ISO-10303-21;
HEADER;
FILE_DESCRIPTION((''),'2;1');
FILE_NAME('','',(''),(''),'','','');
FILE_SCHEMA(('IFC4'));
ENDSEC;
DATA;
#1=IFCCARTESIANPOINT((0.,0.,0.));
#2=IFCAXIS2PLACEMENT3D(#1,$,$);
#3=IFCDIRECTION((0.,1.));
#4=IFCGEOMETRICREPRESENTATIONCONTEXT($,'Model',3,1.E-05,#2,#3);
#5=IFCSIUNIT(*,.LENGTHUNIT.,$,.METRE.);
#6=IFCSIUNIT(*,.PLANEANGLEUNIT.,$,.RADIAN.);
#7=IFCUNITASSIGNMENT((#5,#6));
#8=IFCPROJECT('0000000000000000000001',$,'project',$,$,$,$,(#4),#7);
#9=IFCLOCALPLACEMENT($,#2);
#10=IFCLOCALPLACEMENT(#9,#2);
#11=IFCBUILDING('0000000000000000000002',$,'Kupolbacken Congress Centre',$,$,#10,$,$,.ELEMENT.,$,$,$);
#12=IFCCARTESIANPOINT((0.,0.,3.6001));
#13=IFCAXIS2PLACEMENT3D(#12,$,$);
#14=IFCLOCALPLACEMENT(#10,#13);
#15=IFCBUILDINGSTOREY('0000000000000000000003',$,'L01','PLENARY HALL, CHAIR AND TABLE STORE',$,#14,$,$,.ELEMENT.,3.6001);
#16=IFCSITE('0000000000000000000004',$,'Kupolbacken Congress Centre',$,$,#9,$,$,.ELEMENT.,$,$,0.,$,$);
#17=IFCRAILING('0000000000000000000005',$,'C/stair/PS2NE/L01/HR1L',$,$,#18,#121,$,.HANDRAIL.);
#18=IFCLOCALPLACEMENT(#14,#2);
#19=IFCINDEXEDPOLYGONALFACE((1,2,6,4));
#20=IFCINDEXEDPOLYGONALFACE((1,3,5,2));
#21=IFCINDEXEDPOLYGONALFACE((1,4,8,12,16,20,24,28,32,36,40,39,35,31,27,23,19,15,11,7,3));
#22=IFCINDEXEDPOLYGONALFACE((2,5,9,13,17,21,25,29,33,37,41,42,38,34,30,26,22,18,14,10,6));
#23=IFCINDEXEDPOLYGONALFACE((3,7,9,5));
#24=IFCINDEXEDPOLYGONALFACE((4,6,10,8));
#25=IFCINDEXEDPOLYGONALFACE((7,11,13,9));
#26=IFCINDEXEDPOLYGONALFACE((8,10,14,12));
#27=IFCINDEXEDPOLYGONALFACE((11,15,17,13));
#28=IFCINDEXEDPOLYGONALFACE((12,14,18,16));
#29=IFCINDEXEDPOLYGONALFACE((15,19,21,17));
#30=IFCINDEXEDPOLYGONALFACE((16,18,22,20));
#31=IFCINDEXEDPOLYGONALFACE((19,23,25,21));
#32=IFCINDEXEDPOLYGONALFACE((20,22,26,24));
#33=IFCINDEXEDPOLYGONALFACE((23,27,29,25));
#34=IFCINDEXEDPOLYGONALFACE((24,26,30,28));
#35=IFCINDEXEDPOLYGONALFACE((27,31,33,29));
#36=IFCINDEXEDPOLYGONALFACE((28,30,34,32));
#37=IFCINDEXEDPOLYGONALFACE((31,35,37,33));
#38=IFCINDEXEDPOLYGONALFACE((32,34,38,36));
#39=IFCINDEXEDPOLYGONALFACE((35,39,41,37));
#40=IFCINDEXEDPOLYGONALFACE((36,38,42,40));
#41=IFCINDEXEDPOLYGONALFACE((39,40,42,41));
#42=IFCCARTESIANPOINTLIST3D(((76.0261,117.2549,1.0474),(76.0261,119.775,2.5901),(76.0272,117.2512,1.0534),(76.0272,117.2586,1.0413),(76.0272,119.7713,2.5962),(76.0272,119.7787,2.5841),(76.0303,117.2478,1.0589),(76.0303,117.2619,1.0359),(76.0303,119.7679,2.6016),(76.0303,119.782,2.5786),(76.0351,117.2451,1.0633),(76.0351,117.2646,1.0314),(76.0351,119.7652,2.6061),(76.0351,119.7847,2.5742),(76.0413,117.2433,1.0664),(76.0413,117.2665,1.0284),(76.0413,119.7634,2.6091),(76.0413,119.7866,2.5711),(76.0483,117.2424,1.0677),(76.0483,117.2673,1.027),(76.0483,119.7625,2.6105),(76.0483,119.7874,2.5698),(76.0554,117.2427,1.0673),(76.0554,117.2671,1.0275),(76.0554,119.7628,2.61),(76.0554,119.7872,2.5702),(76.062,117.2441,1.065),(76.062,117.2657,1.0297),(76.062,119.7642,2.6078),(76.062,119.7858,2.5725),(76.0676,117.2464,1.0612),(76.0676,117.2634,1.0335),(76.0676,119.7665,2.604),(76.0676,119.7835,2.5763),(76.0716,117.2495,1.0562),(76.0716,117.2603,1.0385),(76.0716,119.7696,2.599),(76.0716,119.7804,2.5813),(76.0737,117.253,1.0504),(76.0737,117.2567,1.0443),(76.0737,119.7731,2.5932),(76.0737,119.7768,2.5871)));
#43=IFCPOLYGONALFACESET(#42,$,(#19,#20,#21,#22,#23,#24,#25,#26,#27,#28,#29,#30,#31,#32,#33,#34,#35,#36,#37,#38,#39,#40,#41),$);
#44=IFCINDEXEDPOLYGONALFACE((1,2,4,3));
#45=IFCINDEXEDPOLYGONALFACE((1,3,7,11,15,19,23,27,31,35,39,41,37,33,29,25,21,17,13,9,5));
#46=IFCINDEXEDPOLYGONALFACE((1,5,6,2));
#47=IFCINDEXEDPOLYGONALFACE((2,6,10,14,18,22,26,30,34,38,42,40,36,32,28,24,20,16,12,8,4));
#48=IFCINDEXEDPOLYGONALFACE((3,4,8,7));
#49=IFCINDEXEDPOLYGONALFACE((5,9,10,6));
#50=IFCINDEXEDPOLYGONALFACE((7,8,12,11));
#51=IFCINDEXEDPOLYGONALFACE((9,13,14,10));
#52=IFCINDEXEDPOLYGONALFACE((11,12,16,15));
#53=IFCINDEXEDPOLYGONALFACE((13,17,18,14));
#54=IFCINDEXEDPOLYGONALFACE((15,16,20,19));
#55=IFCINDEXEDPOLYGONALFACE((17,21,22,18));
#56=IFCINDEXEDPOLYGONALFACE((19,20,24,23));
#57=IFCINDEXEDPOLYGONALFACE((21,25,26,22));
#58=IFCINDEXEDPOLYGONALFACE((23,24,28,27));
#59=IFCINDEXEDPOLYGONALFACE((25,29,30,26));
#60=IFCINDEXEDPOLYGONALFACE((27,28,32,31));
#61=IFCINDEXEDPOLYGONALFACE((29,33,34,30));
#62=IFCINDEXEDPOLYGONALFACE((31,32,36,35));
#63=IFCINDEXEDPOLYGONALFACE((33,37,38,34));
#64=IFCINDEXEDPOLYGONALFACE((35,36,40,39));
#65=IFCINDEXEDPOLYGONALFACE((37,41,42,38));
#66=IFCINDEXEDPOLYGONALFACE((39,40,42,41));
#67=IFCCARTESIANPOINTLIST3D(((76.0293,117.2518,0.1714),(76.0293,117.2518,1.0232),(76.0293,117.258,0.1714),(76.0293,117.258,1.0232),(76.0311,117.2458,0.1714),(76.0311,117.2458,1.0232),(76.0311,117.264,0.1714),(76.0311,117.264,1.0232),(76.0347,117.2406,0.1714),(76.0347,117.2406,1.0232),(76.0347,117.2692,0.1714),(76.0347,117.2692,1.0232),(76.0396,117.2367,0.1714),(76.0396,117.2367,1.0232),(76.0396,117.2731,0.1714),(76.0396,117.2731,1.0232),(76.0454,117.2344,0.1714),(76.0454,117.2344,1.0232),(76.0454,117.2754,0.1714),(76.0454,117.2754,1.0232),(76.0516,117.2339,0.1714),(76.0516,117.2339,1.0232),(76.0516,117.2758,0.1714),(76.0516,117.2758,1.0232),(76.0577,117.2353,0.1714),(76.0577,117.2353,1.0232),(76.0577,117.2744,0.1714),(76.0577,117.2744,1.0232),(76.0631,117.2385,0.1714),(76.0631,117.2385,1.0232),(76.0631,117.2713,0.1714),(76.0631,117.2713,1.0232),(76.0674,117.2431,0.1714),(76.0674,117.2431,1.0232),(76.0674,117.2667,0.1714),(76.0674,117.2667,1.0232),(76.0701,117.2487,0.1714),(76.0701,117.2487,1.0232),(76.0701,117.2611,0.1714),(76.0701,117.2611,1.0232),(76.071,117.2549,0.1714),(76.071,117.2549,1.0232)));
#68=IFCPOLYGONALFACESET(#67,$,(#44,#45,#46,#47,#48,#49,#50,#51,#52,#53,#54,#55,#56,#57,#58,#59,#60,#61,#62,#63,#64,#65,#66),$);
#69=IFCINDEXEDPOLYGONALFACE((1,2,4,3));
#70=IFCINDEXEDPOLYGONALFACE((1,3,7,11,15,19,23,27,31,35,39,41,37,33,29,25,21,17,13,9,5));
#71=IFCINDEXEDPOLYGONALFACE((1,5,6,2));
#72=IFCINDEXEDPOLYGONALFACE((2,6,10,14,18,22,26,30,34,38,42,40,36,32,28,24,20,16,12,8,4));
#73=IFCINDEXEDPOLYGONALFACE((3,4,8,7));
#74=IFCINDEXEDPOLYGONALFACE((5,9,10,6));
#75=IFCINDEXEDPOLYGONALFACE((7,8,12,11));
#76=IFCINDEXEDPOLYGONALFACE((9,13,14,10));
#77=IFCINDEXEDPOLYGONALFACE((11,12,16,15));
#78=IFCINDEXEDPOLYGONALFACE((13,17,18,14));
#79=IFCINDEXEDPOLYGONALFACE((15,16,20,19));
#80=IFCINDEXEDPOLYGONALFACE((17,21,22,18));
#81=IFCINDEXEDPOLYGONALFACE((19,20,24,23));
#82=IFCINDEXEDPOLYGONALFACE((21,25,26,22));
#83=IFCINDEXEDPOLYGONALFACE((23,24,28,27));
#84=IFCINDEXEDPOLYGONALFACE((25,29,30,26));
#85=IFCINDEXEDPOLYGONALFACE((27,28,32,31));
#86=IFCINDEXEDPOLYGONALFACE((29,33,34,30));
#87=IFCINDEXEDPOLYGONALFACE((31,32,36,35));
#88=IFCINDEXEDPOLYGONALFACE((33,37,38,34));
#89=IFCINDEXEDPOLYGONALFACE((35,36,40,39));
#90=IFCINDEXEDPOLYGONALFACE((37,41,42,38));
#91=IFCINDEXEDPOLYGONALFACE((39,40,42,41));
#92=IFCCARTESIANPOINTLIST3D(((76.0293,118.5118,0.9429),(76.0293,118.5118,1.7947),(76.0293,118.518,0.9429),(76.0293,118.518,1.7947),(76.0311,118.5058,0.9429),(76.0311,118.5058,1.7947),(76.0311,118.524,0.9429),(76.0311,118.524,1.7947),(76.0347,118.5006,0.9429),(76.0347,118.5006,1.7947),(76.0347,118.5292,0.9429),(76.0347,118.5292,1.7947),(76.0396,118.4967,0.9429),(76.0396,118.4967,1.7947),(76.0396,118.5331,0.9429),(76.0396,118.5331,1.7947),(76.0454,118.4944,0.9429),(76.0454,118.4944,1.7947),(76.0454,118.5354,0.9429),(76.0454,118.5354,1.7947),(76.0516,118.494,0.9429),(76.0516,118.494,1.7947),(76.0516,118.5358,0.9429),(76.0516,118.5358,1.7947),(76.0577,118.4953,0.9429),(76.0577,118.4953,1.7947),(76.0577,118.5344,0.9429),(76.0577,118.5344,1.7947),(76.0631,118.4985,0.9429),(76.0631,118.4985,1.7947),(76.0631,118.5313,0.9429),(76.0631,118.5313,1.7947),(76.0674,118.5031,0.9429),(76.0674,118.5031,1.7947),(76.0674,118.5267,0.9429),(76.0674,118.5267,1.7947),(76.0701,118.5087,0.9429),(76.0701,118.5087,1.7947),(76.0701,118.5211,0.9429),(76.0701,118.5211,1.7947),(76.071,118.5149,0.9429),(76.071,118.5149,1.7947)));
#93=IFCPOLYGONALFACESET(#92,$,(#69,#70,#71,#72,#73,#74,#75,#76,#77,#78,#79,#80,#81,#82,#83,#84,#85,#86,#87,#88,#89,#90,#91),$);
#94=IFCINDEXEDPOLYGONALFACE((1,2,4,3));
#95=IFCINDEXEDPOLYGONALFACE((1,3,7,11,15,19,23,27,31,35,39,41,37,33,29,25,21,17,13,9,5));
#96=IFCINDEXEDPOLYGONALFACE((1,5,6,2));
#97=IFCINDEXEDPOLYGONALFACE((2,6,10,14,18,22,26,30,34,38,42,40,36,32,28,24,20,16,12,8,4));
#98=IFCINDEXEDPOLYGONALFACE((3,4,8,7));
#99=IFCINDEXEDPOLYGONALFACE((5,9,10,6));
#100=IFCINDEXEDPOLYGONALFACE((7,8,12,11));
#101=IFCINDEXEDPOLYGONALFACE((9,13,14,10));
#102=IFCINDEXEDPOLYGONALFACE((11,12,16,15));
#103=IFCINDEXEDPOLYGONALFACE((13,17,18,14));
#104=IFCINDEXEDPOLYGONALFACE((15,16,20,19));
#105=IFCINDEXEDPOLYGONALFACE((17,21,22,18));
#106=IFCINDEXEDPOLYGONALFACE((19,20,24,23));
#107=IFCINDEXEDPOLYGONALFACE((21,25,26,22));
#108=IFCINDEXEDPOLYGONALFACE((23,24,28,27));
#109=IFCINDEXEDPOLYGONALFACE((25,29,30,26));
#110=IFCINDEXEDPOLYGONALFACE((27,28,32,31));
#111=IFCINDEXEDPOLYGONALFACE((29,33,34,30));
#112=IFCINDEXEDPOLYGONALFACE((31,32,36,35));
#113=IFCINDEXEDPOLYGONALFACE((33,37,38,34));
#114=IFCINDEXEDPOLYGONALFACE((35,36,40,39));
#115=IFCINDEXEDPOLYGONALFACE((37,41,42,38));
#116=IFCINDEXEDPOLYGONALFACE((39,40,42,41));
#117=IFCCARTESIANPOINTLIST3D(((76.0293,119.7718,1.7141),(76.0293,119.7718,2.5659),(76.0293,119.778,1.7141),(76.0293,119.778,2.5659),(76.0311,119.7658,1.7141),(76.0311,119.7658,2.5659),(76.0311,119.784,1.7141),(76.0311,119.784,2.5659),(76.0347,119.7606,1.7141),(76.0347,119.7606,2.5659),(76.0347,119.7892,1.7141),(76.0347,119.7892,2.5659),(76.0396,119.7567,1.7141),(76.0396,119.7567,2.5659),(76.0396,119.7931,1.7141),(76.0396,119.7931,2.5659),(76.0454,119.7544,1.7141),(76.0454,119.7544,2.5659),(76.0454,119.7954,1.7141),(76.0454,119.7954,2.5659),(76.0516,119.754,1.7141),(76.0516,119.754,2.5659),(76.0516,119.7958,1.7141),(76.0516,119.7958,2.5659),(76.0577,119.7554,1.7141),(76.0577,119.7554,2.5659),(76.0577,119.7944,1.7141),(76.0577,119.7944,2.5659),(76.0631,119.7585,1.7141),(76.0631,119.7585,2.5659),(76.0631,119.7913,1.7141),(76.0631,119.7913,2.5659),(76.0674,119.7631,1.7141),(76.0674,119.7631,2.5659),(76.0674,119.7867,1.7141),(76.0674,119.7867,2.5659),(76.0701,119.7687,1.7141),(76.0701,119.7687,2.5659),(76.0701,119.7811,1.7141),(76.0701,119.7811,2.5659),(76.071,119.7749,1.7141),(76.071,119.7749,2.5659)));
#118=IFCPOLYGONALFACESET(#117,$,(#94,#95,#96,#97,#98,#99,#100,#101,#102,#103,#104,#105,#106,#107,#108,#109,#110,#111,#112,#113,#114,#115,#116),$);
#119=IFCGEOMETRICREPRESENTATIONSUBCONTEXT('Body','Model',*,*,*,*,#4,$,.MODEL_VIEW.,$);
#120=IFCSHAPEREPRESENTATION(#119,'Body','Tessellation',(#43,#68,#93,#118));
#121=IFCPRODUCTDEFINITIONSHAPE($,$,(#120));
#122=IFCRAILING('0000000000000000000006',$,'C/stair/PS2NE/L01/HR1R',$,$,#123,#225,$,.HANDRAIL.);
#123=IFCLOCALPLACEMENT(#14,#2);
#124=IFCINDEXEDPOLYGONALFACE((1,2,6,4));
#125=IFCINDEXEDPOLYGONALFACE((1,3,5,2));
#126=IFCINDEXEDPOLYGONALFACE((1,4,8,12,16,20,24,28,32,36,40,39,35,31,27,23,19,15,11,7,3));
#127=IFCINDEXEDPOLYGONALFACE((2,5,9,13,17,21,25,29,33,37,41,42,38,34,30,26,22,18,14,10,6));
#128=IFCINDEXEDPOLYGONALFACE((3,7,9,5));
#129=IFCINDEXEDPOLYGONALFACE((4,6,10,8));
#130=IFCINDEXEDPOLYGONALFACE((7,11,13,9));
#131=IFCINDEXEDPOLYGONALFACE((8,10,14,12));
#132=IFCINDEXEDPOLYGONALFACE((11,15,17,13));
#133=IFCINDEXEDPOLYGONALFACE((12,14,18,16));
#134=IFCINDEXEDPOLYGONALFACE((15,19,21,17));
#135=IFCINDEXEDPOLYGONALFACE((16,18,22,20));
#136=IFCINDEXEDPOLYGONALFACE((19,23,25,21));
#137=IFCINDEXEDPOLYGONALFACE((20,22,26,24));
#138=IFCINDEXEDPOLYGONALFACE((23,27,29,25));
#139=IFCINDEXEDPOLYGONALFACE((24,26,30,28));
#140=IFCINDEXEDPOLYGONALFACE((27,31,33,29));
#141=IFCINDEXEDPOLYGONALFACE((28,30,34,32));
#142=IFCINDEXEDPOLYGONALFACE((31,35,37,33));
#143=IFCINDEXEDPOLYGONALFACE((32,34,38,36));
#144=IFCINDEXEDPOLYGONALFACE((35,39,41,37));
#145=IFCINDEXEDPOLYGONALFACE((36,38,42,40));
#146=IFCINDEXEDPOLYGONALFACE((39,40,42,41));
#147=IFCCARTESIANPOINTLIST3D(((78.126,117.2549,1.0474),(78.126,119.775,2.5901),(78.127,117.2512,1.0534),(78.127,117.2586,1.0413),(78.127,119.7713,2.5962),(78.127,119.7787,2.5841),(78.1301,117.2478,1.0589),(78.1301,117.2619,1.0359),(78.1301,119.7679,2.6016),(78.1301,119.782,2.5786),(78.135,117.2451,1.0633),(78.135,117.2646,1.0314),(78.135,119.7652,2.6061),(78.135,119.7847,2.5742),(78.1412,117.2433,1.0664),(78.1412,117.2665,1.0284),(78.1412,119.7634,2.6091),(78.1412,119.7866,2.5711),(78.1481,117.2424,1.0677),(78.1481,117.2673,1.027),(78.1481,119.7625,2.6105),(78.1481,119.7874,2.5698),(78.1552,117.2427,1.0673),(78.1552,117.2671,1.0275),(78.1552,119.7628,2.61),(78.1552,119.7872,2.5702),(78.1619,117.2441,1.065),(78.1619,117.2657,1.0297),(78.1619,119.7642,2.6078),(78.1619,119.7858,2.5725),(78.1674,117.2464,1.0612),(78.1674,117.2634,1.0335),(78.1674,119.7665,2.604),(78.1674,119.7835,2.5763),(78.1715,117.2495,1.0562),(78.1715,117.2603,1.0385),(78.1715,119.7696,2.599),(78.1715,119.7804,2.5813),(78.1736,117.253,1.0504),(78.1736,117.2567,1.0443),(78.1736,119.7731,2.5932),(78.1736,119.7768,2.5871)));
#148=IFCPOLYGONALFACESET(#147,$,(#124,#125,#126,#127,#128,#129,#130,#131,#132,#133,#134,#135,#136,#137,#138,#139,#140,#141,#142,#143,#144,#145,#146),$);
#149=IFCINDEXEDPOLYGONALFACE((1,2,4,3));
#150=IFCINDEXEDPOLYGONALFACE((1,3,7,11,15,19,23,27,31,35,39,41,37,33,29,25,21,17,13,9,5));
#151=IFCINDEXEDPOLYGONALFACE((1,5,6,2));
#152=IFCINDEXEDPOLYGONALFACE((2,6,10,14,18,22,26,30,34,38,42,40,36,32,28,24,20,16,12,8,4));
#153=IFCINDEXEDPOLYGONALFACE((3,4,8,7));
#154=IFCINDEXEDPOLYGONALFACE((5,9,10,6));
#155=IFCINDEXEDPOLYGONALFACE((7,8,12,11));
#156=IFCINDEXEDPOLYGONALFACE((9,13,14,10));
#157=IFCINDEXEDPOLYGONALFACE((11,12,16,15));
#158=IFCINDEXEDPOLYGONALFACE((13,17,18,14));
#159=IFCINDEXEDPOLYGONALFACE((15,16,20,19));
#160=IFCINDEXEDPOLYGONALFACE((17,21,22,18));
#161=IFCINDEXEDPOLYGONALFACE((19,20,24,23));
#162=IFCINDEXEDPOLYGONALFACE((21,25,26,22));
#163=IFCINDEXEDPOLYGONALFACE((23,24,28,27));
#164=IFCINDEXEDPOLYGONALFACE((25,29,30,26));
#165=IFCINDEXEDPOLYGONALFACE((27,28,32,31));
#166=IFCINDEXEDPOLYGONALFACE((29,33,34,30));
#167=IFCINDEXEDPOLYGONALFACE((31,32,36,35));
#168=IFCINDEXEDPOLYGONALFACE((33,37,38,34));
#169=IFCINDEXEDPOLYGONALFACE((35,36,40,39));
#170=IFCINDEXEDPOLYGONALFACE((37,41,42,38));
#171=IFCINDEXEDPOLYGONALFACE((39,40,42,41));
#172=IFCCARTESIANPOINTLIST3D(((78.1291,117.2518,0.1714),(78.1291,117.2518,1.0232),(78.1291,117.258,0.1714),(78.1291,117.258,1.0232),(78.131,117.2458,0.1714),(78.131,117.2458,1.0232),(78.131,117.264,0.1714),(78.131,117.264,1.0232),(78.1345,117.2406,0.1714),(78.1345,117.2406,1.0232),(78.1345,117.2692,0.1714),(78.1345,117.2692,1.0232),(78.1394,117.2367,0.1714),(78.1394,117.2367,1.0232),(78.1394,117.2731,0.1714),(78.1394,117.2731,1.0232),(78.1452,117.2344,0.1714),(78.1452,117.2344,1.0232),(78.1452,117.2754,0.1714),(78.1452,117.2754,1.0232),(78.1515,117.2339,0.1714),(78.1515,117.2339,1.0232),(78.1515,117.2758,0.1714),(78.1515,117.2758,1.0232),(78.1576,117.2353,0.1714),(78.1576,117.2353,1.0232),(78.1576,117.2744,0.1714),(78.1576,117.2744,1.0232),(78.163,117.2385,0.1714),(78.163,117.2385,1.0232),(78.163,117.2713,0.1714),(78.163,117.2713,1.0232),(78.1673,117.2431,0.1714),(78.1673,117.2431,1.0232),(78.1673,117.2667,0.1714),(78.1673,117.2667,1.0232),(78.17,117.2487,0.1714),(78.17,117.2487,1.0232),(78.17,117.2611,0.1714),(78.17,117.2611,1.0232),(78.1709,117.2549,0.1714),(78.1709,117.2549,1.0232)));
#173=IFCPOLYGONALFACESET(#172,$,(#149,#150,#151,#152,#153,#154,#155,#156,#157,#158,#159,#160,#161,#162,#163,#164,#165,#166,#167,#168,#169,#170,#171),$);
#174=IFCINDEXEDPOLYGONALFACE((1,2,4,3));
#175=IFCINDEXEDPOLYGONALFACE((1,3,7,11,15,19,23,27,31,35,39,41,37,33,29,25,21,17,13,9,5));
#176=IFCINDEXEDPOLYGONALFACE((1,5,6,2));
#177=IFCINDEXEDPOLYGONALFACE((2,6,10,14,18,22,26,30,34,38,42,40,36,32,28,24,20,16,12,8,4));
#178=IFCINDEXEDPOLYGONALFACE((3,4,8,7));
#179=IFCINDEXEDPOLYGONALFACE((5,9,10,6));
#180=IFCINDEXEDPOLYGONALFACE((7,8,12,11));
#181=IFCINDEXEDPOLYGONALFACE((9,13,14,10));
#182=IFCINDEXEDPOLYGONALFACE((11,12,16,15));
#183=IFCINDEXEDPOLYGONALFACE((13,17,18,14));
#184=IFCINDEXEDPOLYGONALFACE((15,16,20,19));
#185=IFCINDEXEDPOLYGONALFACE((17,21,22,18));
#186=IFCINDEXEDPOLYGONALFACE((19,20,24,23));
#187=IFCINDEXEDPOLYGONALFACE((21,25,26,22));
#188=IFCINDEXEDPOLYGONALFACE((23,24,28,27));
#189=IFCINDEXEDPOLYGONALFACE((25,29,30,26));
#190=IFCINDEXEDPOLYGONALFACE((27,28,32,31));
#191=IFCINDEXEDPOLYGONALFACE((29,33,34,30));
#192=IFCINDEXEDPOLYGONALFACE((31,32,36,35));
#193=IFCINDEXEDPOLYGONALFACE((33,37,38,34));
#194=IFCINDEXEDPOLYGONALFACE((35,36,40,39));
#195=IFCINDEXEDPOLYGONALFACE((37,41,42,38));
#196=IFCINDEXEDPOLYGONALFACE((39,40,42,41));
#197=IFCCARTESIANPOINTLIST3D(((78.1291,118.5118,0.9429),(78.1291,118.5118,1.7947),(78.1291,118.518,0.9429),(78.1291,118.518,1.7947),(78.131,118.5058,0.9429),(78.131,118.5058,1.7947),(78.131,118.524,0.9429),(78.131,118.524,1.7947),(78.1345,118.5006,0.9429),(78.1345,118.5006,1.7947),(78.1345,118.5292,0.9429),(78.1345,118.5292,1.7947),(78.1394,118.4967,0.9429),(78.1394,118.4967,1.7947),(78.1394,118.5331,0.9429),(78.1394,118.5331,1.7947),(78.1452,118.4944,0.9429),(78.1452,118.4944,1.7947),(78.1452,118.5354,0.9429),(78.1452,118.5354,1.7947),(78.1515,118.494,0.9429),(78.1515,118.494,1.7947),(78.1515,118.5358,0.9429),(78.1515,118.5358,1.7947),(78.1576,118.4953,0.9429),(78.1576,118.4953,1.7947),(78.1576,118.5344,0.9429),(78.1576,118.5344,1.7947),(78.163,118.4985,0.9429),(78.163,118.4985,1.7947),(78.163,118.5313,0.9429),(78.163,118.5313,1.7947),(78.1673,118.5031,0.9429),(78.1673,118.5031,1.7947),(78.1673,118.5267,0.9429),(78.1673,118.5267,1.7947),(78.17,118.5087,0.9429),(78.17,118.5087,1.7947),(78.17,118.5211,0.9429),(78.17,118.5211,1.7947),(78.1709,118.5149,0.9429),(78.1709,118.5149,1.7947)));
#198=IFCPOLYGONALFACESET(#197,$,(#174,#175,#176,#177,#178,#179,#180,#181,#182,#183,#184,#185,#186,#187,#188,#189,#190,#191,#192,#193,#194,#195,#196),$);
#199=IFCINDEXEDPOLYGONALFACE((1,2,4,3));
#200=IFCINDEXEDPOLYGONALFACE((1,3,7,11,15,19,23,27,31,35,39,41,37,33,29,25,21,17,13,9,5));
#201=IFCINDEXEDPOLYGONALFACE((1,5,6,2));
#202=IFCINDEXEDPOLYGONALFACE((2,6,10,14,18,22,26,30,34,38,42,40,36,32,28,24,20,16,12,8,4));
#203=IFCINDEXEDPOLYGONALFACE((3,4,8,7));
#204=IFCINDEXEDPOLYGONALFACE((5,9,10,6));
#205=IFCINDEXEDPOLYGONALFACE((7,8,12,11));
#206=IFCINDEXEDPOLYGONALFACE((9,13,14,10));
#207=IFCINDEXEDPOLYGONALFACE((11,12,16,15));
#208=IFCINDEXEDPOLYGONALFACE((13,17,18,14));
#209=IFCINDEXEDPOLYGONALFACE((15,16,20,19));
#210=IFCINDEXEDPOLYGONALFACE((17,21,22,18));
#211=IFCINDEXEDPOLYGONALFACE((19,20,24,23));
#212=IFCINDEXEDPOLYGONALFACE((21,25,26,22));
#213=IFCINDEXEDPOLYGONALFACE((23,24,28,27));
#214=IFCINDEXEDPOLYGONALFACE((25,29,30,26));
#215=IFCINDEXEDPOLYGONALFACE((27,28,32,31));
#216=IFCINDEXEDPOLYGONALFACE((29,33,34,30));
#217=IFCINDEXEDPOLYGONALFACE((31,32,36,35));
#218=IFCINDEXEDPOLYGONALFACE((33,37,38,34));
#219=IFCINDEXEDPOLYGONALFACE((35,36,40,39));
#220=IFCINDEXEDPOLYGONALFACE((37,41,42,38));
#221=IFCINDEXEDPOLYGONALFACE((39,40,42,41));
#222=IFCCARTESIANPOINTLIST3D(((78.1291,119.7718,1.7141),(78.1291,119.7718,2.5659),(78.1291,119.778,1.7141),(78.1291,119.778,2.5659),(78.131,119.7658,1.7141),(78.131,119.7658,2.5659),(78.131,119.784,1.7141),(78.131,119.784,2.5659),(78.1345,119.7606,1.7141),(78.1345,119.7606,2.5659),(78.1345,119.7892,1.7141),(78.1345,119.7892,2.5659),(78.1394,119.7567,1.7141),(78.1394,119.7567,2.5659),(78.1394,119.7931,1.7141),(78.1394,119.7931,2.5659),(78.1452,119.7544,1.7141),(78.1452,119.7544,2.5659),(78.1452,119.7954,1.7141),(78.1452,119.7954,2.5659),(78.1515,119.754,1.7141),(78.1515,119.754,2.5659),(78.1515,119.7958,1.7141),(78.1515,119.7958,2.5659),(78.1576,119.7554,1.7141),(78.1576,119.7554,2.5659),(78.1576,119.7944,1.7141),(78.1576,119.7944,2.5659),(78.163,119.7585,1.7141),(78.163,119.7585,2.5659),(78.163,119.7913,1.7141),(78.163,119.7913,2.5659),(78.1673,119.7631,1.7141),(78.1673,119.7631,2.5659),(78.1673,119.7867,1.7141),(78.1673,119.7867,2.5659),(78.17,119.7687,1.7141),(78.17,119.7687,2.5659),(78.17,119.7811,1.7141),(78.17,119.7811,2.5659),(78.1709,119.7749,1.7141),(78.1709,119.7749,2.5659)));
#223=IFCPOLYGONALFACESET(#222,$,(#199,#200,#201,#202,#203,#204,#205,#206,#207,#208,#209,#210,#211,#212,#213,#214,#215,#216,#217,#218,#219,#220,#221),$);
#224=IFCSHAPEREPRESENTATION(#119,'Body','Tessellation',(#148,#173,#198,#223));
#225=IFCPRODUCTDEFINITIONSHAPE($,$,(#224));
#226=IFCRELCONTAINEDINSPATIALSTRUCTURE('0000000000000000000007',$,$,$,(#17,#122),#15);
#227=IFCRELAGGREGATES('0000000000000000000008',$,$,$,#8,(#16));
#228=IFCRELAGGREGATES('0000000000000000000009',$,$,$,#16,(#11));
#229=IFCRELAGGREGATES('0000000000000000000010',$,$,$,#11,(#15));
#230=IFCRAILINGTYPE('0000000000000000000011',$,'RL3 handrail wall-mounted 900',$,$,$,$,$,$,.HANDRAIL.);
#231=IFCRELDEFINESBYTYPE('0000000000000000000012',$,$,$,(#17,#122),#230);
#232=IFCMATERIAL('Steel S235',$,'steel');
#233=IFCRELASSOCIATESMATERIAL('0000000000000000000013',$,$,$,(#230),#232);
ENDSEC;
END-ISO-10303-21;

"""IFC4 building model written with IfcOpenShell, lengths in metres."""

from ifc_helpers import new_model, si_unit, direction, frame, origin, origin_2d, place, context, subcontext, project, spatial, circle, extrude, material, type_object, element, save


model = new_model("IFC4")

# Units and contexts
model_context = context("Model", 3, precision=1e-05, world=origin(), true_north=direction((0.0, 1.0)))
body_context = subcontext(model_context, "Body", "Model", "MODEL_VIEW")
ifc_project = project(units=[si_unit("LENGTHUNIT", "METRE"), si_unit("PLANEANGLEUNIT", "RADIAN")], contexts=[model_context])

# Site, building, storey
site_placement = place(None, origin())
site = spatial("IfcSite", under=ifc_project, at=site_placement, Name="Kupolbacken Congress Centre", CompositionType="ELEMENT", RefElevation=0.0)
building_placement = place(site_placement, origin())
building = spatial("IfcBuilding", under=site, at=building_placement, Name="Kupolbacken Congress Centre", CompositionType="ELEMENT")
storey_placement = place(building_placement, frame((0.0, 0.0, 3.6001)))
storey = spatial("IfcBuildingStorey", under=building, at=storey_placement, Name="L01", Description="PLENARY HALL, CHAIR AND TABLE STORE", CompositionType="ELEMENT", Elevation=3.6001)

# Railings
ifc_material_1 = material(Name="Steel S235", Category="steel")
railing_type = type_object("IfcRailingType", Name="RL3 handrail wall-mounted 900", PredefinedType="HANDRAIL", material=ifc_material_1)
for number, where, name in (
    (1, (76.05, 117.2549, 0.1714), "C/stair/PS2NE/L01/HR1L"),
    (2, (78.1499, 117.2549, 0.1714), "C/stair/PS2NE/L01/HR1R"),
):
    element("IfcRailing", number, at=place(storey_placement, frame(where)), inside=storey, type_object=railing_type, Name=name, PredefinedType="HANDRAIL", context=body_context, shape_type="SweptSolid", body=[
        extrude(circle(Radius=0.0239, at=origin_2d()), frame((0.0, 0.0, 0.876), z_axis=(0.0, 0.852873, 0.522118), x_axis=(-1.0, 0.0, 0.0)), (0.0, 0.0, 1.0), 2.9548),
        extrude(circle(Radius=0.021, at=origin_2d()), origin(), (0.0, 0.0, 1.0), 0.8518),
        extrude(circle(Radius=0.021, at=origin_2d()), frame((0.0, 1.26, 0.7715)), (0.0, 0.0, 1.0), 0.8518),
        extrude(circle(Radius=0.021, at=origin_2d()), frame((0.0, 2.52, 1.5427)), (0.0, 0.0, 1.0), 0.8518),
    ])

save(model, "model.ifc")
